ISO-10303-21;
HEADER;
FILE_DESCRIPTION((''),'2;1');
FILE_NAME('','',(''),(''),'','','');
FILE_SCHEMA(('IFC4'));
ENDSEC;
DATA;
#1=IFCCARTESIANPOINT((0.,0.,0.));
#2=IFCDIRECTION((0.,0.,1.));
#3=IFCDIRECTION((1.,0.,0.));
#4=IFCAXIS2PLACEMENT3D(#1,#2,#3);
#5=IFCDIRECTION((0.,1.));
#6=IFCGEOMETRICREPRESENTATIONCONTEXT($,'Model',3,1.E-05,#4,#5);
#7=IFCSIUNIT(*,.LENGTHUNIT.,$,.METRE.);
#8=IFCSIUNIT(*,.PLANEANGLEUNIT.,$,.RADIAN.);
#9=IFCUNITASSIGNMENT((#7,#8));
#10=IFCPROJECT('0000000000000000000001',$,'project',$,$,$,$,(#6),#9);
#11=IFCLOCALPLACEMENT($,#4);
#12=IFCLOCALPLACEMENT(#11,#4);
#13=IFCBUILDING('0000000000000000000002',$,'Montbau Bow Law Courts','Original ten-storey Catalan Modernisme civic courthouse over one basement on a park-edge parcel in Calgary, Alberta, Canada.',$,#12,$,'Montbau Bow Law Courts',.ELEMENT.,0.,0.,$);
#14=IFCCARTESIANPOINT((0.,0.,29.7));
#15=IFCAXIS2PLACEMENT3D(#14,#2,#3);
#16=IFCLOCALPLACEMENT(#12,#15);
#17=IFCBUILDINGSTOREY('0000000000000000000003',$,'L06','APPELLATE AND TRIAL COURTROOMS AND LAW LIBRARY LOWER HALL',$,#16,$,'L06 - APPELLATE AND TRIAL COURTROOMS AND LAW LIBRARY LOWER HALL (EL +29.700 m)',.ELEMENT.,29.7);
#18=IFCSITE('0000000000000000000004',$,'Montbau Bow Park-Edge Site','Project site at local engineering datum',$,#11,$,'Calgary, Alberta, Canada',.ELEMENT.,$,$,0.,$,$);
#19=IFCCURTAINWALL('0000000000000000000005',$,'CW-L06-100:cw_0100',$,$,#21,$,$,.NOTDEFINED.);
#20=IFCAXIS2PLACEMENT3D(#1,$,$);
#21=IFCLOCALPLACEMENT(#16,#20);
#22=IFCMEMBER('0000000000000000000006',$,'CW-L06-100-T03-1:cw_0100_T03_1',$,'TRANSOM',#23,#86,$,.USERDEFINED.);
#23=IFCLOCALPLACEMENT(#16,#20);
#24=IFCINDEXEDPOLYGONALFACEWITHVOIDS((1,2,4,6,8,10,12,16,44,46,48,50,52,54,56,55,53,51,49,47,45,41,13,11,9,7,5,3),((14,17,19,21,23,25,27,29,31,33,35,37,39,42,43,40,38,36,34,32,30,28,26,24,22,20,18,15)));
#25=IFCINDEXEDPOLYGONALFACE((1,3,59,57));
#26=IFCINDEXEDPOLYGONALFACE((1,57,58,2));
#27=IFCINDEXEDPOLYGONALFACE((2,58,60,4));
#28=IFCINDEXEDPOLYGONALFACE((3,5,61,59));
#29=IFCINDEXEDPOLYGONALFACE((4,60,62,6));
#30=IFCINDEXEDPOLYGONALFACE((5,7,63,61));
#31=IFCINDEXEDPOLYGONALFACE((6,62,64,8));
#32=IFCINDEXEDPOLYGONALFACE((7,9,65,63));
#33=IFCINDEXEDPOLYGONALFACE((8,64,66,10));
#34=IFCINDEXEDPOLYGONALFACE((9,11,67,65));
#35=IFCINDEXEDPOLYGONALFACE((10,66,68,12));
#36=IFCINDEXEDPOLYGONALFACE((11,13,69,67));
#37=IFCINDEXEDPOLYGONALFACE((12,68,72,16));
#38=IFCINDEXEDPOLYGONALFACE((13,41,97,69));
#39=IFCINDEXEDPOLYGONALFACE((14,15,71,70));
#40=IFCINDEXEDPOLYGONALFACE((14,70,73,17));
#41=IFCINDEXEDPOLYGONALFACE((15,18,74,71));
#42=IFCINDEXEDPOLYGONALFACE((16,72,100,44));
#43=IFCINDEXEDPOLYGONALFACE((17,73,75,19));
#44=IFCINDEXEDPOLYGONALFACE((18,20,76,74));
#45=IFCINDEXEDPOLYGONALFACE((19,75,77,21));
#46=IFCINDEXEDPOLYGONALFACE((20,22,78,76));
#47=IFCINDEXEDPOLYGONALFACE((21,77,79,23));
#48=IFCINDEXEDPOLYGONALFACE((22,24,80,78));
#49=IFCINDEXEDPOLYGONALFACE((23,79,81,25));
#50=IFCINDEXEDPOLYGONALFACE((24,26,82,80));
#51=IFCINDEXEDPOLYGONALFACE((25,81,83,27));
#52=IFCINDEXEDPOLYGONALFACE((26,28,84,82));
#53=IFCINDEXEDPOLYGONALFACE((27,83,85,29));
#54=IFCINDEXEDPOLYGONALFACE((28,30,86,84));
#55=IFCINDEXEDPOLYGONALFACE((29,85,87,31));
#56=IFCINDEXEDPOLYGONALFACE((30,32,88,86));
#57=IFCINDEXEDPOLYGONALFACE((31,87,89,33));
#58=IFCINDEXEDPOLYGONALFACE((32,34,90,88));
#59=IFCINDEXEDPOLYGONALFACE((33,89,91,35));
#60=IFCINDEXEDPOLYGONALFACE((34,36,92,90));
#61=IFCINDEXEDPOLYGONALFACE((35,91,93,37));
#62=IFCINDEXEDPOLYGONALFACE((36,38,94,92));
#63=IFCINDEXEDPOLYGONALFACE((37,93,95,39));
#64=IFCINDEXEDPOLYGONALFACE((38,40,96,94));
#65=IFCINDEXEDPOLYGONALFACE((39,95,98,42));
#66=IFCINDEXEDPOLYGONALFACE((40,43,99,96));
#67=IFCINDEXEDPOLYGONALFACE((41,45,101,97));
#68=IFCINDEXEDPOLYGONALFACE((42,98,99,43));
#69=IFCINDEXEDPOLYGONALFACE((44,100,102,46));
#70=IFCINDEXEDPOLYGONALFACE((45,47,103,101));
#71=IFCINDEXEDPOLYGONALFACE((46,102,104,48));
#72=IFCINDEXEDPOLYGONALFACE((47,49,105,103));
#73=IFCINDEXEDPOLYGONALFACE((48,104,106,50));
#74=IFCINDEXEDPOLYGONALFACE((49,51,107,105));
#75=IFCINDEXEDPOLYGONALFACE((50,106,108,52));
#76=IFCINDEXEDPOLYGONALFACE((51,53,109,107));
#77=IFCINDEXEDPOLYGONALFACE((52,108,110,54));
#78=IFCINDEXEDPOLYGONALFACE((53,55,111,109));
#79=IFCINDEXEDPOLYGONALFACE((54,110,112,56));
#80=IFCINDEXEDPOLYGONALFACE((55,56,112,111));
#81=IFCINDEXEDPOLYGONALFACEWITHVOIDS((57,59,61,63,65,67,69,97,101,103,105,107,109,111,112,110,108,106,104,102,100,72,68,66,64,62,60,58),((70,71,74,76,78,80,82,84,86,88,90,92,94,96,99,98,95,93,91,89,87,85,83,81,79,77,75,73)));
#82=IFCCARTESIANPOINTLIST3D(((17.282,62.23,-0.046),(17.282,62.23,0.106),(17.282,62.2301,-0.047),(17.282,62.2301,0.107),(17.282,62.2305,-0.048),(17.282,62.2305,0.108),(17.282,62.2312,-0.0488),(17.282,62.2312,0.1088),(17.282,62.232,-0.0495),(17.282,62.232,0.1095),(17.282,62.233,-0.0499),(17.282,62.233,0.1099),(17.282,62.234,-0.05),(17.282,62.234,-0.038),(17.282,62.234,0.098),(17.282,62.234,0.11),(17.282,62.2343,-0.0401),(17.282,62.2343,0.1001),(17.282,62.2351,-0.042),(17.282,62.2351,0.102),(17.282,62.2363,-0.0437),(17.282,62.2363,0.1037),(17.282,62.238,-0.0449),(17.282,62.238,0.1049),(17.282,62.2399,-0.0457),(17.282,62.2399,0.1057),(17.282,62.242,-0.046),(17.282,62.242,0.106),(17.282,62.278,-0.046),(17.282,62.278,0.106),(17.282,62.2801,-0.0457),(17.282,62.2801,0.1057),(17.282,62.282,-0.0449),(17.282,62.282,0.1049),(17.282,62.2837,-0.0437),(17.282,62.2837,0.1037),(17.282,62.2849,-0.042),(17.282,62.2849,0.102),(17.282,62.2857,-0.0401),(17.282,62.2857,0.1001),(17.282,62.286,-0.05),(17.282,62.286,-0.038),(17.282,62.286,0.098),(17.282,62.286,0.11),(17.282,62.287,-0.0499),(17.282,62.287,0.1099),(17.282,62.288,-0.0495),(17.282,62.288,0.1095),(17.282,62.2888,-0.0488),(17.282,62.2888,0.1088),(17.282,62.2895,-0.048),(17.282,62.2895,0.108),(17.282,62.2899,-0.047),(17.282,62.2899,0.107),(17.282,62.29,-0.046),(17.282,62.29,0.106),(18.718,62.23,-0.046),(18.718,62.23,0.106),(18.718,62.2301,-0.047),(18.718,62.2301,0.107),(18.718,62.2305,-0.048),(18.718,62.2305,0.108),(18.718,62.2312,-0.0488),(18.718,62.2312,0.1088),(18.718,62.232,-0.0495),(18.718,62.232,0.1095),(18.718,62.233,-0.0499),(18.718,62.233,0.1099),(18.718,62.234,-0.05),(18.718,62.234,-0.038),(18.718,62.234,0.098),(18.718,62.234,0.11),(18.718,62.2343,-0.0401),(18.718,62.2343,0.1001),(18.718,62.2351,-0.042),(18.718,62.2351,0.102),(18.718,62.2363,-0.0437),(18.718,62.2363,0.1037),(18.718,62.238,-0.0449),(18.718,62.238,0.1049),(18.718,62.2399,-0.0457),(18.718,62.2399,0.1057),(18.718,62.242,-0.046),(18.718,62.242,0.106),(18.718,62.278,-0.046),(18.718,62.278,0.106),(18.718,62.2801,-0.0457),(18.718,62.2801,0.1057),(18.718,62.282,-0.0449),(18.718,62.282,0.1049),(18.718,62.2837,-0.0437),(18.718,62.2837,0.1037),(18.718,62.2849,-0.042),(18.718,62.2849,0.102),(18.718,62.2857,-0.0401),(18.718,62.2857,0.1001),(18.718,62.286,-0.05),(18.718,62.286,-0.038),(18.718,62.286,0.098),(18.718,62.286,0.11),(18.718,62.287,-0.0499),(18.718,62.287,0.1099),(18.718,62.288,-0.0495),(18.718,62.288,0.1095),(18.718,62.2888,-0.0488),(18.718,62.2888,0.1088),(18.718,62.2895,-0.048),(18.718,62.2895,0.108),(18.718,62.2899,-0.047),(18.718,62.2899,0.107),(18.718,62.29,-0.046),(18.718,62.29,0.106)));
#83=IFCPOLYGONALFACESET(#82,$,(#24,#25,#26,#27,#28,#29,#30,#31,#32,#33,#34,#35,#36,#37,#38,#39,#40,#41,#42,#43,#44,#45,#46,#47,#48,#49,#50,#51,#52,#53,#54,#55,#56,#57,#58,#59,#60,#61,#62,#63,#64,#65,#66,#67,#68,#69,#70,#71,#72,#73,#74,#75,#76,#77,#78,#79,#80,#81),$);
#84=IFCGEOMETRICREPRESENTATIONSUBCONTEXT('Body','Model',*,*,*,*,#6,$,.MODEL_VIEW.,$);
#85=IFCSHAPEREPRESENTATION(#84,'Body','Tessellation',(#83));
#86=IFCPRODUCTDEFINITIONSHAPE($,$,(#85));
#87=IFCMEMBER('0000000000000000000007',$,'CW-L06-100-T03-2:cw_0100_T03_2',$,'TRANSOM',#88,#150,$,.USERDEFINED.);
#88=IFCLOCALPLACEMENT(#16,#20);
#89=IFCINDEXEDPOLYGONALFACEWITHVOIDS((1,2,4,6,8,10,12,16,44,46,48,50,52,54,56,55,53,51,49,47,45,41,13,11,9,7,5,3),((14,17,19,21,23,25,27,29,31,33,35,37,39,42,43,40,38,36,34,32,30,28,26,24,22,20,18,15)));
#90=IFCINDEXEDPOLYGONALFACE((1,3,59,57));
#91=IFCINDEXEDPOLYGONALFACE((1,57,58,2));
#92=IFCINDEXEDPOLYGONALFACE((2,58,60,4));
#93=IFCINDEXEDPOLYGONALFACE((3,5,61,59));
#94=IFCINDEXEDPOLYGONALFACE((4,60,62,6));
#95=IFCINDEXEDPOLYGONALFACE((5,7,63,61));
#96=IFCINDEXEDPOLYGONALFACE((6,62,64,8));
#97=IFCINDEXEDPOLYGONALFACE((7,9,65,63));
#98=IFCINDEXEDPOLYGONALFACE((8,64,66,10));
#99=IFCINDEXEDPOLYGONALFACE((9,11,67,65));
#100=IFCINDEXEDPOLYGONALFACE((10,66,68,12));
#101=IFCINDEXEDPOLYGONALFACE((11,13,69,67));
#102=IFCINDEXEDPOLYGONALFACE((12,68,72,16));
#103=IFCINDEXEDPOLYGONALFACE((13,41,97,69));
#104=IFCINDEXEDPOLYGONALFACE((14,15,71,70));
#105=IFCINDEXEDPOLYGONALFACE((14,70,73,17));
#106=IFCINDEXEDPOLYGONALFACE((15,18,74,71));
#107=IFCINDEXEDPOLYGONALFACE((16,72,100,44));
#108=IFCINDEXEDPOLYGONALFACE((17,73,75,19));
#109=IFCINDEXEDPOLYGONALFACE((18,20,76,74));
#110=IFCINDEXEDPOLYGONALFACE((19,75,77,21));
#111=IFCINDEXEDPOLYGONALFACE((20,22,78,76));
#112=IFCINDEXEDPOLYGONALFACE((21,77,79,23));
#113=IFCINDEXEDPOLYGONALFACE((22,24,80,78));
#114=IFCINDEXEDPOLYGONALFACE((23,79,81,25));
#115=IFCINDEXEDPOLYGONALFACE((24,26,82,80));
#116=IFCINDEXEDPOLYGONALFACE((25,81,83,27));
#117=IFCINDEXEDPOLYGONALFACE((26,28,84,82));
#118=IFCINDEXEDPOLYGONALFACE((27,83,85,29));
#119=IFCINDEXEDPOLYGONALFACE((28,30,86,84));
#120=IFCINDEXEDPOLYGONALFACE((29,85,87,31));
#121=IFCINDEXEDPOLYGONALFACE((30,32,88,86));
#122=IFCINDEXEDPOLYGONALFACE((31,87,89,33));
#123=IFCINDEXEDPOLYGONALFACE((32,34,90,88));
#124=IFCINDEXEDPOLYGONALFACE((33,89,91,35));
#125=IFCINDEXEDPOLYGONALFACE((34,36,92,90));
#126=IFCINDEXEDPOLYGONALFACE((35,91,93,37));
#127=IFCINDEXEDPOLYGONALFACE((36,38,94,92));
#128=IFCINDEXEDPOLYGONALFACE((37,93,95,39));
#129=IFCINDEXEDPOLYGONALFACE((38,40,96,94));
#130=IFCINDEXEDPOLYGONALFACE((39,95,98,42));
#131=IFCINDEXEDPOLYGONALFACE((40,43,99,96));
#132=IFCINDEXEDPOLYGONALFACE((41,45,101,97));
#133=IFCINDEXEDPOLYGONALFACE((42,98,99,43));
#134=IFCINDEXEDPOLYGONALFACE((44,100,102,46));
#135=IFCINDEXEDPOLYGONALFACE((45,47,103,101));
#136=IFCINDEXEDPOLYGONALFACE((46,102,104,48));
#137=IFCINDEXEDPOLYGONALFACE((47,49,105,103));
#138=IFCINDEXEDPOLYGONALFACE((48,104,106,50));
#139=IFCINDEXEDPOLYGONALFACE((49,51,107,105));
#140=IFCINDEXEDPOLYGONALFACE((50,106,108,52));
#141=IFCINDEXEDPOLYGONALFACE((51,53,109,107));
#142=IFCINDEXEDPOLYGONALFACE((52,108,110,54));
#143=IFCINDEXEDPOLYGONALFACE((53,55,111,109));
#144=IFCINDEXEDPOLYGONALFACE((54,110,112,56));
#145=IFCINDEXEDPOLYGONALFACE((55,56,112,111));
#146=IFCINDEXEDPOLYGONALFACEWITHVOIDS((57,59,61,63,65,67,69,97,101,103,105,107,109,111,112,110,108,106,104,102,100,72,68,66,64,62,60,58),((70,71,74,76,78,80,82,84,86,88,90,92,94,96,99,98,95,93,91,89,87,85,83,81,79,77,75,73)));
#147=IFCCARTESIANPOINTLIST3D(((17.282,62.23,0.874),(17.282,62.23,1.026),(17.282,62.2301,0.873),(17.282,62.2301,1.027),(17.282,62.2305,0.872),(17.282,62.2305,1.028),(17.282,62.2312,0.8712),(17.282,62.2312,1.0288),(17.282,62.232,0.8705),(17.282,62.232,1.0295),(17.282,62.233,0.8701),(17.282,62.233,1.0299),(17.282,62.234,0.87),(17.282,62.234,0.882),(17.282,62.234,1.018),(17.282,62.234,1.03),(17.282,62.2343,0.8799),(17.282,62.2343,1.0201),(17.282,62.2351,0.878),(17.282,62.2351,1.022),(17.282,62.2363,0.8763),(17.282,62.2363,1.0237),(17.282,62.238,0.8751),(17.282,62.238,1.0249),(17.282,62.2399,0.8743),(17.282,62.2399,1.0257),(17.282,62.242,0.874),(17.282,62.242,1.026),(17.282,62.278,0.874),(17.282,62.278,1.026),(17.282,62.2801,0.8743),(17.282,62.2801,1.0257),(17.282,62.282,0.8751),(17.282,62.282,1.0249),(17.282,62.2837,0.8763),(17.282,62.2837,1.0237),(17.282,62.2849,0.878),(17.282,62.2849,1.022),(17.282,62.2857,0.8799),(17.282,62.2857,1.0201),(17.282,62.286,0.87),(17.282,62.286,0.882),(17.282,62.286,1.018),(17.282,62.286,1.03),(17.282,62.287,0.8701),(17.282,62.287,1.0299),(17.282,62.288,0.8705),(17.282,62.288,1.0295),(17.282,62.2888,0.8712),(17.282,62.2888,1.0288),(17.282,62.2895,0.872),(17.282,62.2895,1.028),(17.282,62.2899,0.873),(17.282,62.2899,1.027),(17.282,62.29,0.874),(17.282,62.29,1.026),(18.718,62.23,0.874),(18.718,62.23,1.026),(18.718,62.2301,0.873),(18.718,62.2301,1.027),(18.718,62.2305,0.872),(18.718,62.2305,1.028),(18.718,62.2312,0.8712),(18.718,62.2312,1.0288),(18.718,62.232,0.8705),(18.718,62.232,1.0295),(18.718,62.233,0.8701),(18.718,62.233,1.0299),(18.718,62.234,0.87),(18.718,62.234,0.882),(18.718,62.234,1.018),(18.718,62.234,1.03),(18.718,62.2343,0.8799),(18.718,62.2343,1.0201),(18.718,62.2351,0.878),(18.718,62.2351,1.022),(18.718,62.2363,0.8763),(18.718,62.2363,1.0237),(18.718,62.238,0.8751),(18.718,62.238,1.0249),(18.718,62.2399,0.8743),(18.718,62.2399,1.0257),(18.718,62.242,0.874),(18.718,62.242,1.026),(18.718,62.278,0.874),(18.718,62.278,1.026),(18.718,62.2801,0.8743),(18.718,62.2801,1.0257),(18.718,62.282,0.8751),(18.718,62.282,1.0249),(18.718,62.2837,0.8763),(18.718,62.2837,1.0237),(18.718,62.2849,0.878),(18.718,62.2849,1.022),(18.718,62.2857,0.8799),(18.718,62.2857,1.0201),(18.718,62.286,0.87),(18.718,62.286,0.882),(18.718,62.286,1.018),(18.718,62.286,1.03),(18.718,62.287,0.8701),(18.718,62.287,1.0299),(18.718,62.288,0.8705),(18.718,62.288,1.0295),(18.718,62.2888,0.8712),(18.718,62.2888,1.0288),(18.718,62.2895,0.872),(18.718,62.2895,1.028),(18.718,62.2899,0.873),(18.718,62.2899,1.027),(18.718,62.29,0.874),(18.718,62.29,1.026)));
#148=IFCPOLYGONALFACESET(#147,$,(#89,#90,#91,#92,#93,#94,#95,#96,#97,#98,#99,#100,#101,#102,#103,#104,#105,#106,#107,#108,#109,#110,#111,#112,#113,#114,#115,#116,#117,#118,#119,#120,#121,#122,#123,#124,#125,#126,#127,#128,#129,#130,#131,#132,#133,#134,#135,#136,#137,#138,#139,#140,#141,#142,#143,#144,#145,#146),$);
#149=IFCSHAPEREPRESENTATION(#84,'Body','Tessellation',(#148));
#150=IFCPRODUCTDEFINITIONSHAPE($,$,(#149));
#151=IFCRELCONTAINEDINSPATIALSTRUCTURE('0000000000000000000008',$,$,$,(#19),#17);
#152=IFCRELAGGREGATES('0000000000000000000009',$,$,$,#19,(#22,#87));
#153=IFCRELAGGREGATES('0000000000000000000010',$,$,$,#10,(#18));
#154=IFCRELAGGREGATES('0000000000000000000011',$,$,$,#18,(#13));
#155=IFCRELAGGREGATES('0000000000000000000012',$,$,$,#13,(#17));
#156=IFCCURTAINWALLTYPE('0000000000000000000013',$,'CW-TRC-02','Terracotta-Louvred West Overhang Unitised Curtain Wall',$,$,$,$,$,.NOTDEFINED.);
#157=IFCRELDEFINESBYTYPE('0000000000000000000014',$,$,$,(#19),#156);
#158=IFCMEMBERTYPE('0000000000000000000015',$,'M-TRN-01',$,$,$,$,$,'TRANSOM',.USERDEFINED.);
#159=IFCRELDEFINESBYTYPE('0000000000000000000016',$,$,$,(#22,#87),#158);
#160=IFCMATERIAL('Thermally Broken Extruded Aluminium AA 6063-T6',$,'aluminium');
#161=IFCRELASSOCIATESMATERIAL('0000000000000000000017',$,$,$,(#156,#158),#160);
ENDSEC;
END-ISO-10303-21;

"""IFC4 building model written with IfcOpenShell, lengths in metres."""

from ifc_helpers import new_model, si_unit, direction, frame, origin_with_axes, origin_2d_with_axis, place, context, subcontext, project, spatial, hollow_rectangle, extrude, material, material_profile, profile_set, type_object, element, aggregate, save


model = new_model("IFC4")

# Units and contexts
model_context = context("Model", 3, precision=1e-05, world=origin_with_axes(), true_north=direction((0.0, 1.0)))
body_context = subcontext(model_context, "Body", "Model", "MODEL_VIEW")
ifc_project = project(units=[si_unit("LENGTHUNIT", "METRE"), si_unit("PLANEANGLEUNIT", "RADIAN")], contexts=[model_context])

# Site, building, storey
site_placement = place(None, origin_with_axes())
site = spatial("IfcSite", under=ifc_project, at=site_placement, Name="Montbau Bow Park-Edge Site", Description="Project site at local engineering datum", LongName="Calgary, Alberta, Canada", CompositionType="ELEMENT", RefElevation=0.0)
building_placement = place(site_placement, origin_with_axes())
building = spatial("IfcBuilding", under=site, at=building_placement, Name="Montbau Bow Law Courts", Description="Original ten-storey Catalan Modernisme civic courthouse over one basement on a park-edge parcel in Calgary, Alberta, Canada.", LongName="Montbau Bow Law Courts", CompositionType="ELEMENT", ElevationOfRefHeight=0.0, ElevationOfTerrain=0.0)
storey_placement = place(building_placement, frame((0.0, 0.0, 29.7), z_axis=(0.0, 0.0, 1.0), x_axis=(1.0, 0.0, 0.0)))
storey = spatial("IfcBuildingStorey", under=building, at=storey_placement, Name="L06", Description="APPELLATE AND TRIAL COURTROOMS AND LAW LIBRARY LOWER HALL", LongName="L06 - APPELLATE AND TRIAL COURTROOMS AND LAW LIBRARY LOWER HALL (EL +29.700 m)", CompositionType="ELEMENT", Elevation=29.7)

# Curtain wall, members
ifc_material_1 = material(Name="Thermally Broken Extruded Aluminium AA 6063-T6", Category="aluminium")
curtain_wall_type = type_object("IfcCurtainWallType", Name="CW-TRC-02", Description="Terracotta-Louvred West Overhang Unitised Curtain Wall", PredefinedType="NOTDEFINED", material=ifc_material_1)
curtain_wall_placement = place(None, frame((14.24, 62.26, 29.7), z_axis=(0.0, 0.0, 1.0), x_axis=(1.0, 0.0, 0.0)))
curtain_wall = element("IfcCurtainWall", 1, at=curtain_wall_placement, inside=storey, type_object=curtain_wall_type, Name="CW-L06-100:cw_0100", PredefinedType="NOTDEFINED")
ifc_material_profile_1 = material_profile(ifc_material_1, hollow_rectangle(XDim=0.06, YDim=0.16, WallThickness=0.004, InnerFilletRadius=0.008, OuterFilletRadius=0.004, at=origin_2d_with_axis()), Name="CWT-160X60", Category="Main", Priority=0)
ifc_profile_set_1 = profile_set([ifc_material_profile_1], Name="Thermally Broken Extruded Aluminium AA 6063-T6")
member_type_1 = type_object("IfcMemberType", Name="M-TRN-01", ElementType="TRANSOM", PredefinedType="USERDEFINED", material=ifc_profile_set_1)
member_1_placement = place(None, frame((17.282, 62.26, 29.73), z_axis=(1.0, 0.0, 0.0), x_axis=(0.0, 1.0, 0.0)))
member_1 = element("IfcMember", 2, at=member_1_placement, type_object=member_type_1, Name="CW-L06-100-T03-1:cw_0100_T03_1", ObjectType="TRANSOM", PredefinedType="USERDEFINED", context=body_context, shape_type="SweptSolid", body=[
    extrude(hollow_rectangle(XDim=0.06, YDim=0.16, WallThickness=0.004, InnerFilletRadius=0.008, OuterFilletRadius=0.004, at=origin_2d_with_axis()), origin_with_axes(), (0.0, 0.0, 1.0), 1.436),
])
member_2_placement = place(None, frame((17.282, 62.26, 30.65), z_axis=(1.0, 0.0, 0.0), x_axis=(0.0, 1.0, 0.0)))
member_2 = element("IfcMember", 3, at=member_2_placement, type_object=member_type_1, Name="CW-L06-100-T03-2:cw_0100_T03_2", ObjectType="TRANSOM", PredefinedType="USERDEFINED", context=body_context, shape_type="SweptSolid", body=[
    extrude(hollow_rectangle(XDim=0.06, YDim=0.16, WallThickness=0.004, InnerFilletRadius=0.008, OuterFilletRadius=0.004, at=origin_2d_with_axis()), origin_with_axes(), (0.0, 0.0, 1.0), 1.436),
])
aggregate(curtain_wall, [member_1, member_2])

save(model, "model.ifc")
